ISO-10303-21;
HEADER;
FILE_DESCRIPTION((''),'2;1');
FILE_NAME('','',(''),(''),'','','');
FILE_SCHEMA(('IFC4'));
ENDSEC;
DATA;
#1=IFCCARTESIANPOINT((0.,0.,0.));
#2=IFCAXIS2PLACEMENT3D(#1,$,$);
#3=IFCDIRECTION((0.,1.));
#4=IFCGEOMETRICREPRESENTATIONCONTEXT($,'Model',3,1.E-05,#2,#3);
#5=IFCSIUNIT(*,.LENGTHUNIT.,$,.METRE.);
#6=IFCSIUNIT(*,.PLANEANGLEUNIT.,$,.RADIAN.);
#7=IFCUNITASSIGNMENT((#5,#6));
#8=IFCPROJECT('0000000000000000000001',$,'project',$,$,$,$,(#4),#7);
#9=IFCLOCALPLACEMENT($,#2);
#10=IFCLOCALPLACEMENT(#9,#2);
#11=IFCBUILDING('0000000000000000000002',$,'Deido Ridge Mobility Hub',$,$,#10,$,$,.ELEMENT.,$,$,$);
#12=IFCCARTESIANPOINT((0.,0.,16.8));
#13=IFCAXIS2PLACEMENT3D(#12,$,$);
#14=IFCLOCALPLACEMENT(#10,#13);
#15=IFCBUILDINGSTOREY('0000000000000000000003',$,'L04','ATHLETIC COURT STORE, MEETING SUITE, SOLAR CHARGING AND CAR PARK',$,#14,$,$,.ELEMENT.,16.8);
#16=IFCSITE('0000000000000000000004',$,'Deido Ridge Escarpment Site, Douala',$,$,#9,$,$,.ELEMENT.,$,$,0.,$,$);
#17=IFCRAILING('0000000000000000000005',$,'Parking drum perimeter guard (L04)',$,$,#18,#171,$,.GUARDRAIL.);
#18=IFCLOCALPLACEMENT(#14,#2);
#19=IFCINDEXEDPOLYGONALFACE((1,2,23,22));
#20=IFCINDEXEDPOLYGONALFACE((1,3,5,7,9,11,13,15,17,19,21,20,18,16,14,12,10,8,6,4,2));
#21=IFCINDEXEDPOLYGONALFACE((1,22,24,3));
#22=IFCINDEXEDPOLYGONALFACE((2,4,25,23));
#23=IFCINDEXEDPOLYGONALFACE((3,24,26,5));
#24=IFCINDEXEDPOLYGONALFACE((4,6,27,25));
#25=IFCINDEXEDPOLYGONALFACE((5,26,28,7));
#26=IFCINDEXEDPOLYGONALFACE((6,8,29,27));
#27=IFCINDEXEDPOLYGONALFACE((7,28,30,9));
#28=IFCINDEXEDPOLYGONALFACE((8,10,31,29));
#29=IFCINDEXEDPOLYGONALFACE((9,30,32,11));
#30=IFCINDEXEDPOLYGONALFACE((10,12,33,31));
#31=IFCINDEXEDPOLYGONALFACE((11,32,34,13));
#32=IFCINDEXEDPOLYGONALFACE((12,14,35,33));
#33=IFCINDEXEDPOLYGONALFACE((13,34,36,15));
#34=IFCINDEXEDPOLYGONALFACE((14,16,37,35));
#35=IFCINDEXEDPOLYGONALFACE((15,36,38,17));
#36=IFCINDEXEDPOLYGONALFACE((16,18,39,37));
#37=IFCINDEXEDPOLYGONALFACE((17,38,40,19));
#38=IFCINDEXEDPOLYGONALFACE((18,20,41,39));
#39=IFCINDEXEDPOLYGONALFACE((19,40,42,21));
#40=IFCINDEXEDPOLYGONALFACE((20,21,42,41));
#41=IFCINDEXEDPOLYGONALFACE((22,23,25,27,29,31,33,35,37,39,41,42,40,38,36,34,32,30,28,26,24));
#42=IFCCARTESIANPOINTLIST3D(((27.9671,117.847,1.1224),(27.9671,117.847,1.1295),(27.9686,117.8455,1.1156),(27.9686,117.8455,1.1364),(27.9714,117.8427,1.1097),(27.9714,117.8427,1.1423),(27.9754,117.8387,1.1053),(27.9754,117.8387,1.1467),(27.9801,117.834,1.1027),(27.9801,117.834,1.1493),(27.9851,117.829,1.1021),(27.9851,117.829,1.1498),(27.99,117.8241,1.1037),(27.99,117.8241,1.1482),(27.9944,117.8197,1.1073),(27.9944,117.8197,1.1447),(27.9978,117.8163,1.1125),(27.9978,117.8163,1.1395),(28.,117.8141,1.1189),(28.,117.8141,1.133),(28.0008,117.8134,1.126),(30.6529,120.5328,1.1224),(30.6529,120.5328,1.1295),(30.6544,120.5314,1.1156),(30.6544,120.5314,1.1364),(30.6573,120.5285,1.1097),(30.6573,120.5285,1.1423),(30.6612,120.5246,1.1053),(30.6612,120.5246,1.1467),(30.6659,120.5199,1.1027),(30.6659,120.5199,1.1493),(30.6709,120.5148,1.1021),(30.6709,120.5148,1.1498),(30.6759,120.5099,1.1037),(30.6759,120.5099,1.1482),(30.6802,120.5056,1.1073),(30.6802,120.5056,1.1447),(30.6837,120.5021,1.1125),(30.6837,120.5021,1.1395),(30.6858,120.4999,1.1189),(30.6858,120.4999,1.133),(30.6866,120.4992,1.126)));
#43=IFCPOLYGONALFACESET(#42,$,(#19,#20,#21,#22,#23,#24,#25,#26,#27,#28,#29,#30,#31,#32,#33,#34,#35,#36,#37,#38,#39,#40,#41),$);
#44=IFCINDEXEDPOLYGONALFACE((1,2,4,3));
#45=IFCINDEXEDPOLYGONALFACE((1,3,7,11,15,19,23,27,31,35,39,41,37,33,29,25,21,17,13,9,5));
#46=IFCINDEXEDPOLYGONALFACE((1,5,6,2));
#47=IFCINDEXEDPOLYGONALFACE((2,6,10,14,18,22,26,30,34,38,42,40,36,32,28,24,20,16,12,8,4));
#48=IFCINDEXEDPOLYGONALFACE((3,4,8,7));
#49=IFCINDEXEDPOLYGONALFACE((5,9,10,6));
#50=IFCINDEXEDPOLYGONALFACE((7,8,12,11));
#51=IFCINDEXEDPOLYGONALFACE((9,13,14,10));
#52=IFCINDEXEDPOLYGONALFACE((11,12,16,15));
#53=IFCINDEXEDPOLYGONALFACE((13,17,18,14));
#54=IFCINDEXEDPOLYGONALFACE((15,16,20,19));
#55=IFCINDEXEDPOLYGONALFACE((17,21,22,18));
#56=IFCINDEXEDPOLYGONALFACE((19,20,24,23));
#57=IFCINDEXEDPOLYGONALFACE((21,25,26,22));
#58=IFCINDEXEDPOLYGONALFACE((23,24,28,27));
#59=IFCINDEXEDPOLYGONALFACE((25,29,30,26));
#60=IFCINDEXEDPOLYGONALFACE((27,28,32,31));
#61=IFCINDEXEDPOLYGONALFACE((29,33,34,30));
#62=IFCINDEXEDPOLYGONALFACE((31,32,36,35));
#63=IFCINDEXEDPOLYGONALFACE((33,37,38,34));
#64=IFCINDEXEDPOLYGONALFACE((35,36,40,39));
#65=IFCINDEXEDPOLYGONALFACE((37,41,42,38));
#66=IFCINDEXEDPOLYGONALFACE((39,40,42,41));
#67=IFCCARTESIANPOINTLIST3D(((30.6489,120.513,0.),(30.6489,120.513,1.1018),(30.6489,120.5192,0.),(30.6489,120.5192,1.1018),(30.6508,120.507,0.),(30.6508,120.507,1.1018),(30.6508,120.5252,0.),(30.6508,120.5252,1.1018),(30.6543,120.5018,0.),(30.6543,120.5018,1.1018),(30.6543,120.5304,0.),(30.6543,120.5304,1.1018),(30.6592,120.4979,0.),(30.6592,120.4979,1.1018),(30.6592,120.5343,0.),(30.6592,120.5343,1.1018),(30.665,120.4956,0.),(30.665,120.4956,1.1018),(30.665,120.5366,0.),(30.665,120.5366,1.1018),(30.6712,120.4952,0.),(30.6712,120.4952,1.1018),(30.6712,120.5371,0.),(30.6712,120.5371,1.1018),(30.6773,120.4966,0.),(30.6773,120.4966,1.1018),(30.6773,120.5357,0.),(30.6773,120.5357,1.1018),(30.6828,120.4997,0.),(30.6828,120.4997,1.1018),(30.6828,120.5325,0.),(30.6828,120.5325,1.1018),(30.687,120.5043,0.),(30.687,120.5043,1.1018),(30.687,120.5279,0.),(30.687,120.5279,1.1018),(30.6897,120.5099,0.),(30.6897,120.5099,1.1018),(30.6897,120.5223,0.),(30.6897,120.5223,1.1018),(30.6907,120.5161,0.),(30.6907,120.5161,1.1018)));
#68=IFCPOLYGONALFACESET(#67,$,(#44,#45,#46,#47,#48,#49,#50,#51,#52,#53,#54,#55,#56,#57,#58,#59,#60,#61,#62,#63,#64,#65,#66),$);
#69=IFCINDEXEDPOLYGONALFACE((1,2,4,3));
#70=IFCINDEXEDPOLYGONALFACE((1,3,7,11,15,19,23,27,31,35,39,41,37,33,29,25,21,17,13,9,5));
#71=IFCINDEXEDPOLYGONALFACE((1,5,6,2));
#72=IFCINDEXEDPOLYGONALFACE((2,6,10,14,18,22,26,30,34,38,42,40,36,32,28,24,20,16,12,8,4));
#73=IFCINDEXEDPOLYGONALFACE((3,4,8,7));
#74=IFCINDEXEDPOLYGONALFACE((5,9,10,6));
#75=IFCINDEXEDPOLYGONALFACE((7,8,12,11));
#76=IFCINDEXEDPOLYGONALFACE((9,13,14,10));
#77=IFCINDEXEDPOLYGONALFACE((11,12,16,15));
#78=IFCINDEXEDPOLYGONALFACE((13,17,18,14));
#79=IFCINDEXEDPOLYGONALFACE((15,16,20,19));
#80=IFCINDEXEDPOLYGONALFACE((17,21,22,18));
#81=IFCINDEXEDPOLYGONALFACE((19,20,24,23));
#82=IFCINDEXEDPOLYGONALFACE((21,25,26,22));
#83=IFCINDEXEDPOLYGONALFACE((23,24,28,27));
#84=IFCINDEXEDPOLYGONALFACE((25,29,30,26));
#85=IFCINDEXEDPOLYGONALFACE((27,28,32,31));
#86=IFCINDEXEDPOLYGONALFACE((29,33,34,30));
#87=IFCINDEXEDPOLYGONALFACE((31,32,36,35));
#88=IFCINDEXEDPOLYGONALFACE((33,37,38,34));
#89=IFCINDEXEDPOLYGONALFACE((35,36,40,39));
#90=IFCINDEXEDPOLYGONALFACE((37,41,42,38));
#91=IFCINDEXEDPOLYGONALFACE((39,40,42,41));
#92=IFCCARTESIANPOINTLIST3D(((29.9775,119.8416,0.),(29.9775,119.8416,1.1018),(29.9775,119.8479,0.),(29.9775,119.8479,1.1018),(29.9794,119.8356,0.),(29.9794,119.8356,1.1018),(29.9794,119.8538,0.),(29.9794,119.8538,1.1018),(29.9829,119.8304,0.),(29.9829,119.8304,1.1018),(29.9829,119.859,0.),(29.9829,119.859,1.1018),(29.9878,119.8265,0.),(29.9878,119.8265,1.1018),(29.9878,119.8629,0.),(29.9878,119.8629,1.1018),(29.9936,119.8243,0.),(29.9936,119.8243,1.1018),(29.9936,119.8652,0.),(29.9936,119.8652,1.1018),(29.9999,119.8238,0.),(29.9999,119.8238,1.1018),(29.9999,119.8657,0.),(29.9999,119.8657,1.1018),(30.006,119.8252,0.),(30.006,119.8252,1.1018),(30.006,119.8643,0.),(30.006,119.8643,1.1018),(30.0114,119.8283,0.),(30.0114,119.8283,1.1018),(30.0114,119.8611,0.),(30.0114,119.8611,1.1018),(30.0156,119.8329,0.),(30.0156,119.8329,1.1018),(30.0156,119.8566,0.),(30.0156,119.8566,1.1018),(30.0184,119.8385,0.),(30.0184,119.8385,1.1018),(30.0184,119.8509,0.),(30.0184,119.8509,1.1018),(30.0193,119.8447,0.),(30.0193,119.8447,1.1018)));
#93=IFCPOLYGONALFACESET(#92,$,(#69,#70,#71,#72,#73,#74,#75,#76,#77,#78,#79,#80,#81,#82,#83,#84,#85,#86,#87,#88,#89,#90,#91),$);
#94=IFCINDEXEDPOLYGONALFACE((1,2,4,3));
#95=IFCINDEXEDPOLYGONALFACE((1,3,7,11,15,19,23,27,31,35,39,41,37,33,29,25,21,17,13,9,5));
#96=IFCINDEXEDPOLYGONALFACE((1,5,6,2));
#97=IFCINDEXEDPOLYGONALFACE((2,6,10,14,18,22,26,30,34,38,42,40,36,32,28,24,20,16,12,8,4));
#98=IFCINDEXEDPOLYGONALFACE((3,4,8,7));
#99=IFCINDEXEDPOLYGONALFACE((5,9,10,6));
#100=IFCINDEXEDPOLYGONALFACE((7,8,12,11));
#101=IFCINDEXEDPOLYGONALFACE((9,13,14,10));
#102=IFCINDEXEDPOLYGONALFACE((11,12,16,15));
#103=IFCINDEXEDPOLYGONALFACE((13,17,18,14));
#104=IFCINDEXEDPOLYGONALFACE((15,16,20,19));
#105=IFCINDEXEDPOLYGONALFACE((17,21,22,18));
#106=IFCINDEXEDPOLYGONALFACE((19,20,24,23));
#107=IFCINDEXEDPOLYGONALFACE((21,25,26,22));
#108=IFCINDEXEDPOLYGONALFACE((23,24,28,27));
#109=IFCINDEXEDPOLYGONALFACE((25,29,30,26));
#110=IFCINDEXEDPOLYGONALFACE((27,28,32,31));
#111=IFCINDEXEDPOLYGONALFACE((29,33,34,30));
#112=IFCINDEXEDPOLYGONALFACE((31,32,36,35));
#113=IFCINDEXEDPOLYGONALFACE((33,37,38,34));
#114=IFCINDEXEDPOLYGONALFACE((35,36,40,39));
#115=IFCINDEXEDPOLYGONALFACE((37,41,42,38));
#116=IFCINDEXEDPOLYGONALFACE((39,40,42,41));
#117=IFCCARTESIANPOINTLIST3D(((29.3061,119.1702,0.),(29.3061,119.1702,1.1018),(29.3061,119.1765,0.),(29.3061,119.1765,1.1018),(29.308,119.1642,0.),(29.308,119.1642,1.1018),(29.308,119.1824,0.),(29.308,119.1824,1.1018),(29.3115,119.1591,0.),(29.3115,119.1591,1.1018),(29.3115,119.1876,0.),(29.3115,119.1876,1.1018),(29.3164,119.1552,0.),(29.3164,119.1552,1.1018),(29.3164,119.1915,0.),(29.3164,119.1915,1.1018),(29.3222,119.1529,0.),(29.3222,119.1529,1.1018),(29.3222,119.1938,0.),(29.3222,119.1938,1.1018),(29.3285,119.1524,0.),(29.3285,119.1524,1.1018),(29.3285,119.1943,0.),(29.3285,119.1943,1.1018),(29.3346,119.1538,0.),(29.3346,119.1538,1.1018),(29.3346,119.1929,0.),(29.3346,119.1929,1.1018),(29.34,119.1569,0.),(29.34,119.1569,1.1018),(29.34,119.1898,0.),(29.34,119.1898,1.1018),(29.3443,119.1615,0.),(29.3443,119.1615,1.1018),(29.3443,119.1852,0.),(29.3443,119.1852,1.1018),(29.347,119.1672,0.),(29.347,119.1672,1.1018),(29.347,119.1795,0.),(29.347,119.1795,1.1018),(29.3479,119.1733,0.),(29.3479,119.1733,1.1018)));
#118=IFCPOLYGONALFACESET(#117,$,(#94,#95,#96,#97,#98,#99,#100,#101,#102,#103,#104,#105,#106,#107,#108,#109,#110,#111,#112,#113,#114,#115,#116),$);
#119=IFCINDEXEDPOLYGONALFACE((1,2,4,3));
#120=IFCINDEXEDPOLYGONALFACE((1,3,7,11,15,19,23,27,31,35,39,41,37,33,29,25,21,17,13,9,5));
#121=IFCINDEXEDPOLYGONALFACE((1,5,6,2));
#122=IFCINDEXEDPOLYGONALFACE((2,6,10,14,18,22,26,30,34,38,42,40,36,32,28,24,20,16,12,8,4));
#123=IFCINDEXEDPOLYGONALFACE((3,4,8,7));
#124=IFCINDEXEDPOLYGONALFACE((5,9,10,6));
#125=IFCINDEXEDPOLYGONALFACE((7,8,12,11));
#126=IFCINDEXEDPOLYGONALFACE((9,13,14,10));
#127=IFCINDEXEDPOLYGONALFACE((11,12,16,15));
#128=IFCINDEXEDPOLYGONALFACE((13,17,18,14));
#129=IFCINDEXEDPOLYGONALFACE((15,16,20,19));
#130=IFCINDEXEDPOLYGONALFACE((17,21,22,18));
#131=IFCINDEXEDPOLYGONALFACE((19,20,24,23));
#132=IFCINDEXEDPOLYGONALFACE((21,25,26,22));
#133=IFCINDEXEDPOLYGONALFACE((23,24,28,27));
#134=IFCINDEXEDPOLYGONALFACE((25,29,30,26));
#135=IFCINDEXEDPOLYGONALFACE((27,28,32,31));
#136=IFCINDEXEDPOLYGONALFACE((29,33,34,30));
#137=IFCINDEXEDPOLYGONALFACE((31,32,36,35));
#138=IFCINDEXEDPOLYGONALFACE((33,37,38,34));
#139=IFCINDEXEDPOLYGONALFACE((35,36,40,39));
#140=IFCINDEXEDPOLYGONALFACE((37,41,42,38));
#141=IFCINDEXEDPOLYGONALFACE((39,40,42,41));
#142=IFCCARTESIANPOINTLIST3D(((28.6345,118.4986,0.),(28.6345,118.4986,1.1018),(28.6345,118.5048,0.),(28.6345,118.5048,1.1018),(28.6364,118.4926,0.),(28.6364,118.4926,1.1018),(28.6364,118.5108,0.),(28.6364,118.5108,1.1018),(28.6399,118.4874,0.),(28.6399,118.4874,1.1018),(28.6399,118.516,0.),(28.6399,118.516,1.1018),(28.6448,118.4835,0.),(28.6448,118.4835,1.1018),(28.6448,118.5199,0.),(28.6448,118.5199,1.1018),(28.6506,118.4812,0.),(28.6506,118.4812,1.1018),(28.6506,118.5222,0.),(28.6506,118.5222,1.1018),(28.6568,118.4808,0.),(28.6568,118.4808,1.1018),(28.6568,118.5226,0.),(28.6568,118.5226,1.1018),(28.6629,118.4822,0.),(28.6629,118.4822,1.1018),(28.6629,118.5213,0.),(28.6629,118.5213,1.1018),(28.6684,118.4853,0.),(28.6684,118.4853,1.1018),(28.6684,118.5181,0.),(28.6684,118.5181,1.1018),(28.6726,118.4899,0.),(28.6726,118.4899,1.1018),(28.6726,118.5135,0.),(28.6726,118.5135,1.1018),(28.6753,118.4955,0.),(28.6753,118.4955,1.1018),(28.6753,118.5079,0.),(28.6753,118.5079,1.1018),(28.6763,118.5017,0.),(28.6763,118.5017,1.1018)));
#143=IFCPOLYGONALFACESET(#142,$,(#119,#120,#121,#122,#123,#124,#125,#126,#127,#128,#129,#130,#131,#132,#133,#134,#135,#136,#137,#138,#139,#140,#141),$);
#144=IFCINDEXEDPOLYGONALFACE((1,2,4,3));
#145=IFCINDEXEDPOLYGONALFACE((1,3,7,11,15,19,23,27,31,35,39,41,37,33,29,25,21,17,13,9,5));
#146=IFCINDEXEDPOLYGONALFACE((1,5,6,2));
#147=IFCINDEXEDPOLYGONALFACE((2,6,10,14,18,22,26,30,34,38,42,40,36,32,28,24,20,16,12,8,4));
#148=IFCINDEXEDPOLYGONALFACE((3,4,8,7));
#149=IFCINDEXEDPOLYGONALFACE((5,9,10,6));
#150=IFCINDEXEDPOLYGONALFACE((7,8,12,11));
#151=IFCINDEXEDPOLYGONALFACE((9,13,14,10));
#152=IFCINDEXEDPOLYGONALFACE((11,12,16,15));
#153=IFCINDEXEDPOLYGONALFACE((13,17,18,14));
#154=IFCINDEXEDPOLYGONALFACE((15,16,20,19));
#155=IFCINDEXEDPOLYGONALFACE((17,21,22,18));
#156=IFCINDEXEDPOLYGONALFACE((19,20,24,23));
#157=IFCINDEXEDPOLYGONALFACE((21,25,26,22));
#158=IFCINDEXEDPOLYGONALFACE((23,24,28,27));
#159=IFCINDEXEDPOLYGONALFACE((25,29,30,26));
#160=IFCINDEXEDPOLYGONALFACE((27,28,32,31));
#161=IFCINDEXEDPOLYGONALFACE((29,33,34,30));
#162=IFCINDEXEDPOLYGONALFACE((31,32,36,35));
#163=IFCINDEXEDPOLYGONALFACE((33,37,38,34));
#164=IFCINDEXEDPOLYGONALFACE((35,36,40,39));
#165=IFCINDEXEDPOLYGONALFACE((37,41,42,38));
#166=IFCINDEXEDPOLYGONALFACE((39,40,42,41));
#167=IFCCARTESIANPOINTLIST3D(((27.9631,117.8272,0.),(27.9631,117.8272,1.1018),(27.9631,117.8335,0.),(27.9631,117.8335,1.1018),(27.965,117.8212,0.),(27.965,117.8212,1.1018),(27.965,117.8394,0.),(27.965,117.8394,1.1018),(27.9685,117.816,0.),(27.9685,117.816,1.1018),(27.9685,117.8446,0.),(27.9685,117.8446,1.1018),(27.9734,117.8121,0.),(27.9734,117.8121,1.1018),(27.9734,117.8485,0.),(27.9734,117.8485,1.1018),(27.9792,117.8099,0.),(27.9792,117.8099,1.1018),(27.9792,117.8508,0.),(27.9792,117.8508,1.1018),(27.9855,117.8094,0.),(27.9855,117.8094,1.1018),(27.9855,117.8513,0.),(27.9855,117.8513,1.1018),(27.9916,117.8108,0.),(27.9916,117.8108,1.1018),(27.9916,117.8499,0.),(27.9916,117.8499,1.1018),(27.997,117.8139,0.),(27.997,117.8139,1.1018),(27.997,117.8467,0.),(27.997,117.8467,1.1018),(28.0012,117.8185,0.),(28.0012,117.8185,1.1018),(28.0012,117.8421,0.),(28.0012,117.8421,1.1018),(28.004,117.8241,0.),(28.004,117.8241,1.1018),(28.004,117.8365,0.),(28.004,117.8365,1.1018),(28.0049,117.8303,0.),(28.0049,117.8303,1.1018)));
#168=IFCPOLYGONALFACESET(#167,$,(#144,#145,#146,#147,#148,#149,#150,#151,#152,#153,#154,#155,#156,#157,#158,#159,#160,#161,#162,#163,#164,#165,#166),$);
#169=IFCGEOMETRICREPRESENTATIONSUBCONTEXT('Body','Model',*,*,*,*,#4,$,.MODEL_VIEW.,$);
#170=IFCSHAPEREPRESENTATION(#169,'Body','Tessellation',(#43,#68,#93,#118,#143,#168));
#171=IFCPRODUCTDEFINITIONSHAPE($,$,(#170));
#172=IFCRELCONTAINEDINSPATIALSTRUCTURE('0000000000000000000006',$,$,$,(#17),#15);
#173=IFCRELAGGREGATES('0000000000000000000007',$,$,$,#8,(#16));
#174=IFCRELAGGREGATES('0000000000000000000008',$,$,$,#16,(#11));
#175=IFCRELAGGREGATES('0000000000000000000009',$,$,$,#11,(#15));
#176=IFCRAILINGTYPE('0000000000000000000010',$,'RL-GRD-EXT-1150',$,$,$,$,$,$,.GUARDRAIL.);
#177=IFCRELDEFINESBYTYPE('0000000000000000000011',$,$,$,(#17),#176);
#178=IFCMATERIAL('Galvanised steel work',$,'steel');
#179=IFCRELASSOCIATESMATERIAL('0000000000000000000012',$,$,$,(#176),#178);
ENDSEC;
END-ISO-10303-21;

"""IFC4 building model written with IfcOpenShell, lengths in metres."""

from ifc_helpers import new_model, si_unit, direction, frame, origin, origin_2d, place, context, subcontext, project, spatial, circle, extrude, material, type_object, element, save


model = new_model("IFC4")

# Units and contexts
model_context = context("Model", 3, precision=1e-05, world=origin(), true_north=direction((0.0, 1.0)))
body_context = subcontext(model_context, "Body", "Model", "MODEL_VIEW")
ifc_project = project(units=[si_unit("LENGTHUNIT", "METRE"), si_unit("PLANEANGLEUNIT", "RADIAN")], contexts=[model_context])

# Site, building, storey
site_placement = place(None, origin())
site = spatial("IfcSite", under=ifc_project, at=site_placement, Name="Deido Ridge Escarpment Site, Douala", CompositionType="ELEMENT", RefElevation=0.0)
building_placement = place(site_placement, origin())
building = spatial("IfcBuilding", under=site, at=building_placement, Name="Deido Ridge Mobility Hub", CompositionType="ELEMENT")
storey_placement = place(building_placement, frame((0.0, 0.0, 16.8)))
storey = spatial("IfcBuildingStorey", under=building, at=storey_placement, Name="L04", Description="ATHLETIC COURT STORE, MEETING SUITE, SOLAR CHARGING AND CAR PARK", CompositionType="ELEMENT", Elevation=16.8)

# Railing
ifc_material_1 = material(Name="Galvanised steel work", Category="steel")
railing_type = type_object("IfcRailingType", Name="RL-GRD-EXT-1150", PredefinedType="GUARDRAIL", material=ifc_material_1)
railing_1_placement = place(storey_placement, frame((30.6697, 120.5161, 0.0)))
element("IfcRailing", 1, at=railing_1_placement, inside=storey, type_object=railing_type, Name="Parking drum perimeter guard (L04)", PredefinedType="GUARDRAIL", context=body_context, shape_type="SweptSolid", body=[
    extrude(circle(Radius=0.0239, at=origin_2d()), frame((0.0, 0.0, 1.126), z_axis=(-0.707107, -0.707107, 0.0), x_axis=(0.707107, -0.707107, 0.0)), (0.0, 0.0, 1.0), 3.7983),
    extrude(circle(Radius=0.021, at=origin_2d()), origin(), (0.0, 0.0, 1.0), 1.1018),
    extrude(circle(Radius=0.021, at=origin_2d()), frame((-0.6714, -0.6714, 0.0)), (0.0, 0.0, 1.0), 1.1018),
    extrude(circle(Radius=0.021, at=origin_2d()), frame((-1.3428, -1.3428, 0.0)), (0.0, 0.0, 1.0), 1.1018),
    extrude(circle(Radius=0.021, at=origin_2d()), frame((-2.0144, -2.0144, 0.0)), (0.0, 0.0, 1.0), 1.1018),
    extrude(circle(Radius=0.021, at=origin_2d()), frame((-2.6858, -2.6858, 0.0)), (0.0, 0.0, 1.0), 1.1018),
])

save(model, "model.ifc")
